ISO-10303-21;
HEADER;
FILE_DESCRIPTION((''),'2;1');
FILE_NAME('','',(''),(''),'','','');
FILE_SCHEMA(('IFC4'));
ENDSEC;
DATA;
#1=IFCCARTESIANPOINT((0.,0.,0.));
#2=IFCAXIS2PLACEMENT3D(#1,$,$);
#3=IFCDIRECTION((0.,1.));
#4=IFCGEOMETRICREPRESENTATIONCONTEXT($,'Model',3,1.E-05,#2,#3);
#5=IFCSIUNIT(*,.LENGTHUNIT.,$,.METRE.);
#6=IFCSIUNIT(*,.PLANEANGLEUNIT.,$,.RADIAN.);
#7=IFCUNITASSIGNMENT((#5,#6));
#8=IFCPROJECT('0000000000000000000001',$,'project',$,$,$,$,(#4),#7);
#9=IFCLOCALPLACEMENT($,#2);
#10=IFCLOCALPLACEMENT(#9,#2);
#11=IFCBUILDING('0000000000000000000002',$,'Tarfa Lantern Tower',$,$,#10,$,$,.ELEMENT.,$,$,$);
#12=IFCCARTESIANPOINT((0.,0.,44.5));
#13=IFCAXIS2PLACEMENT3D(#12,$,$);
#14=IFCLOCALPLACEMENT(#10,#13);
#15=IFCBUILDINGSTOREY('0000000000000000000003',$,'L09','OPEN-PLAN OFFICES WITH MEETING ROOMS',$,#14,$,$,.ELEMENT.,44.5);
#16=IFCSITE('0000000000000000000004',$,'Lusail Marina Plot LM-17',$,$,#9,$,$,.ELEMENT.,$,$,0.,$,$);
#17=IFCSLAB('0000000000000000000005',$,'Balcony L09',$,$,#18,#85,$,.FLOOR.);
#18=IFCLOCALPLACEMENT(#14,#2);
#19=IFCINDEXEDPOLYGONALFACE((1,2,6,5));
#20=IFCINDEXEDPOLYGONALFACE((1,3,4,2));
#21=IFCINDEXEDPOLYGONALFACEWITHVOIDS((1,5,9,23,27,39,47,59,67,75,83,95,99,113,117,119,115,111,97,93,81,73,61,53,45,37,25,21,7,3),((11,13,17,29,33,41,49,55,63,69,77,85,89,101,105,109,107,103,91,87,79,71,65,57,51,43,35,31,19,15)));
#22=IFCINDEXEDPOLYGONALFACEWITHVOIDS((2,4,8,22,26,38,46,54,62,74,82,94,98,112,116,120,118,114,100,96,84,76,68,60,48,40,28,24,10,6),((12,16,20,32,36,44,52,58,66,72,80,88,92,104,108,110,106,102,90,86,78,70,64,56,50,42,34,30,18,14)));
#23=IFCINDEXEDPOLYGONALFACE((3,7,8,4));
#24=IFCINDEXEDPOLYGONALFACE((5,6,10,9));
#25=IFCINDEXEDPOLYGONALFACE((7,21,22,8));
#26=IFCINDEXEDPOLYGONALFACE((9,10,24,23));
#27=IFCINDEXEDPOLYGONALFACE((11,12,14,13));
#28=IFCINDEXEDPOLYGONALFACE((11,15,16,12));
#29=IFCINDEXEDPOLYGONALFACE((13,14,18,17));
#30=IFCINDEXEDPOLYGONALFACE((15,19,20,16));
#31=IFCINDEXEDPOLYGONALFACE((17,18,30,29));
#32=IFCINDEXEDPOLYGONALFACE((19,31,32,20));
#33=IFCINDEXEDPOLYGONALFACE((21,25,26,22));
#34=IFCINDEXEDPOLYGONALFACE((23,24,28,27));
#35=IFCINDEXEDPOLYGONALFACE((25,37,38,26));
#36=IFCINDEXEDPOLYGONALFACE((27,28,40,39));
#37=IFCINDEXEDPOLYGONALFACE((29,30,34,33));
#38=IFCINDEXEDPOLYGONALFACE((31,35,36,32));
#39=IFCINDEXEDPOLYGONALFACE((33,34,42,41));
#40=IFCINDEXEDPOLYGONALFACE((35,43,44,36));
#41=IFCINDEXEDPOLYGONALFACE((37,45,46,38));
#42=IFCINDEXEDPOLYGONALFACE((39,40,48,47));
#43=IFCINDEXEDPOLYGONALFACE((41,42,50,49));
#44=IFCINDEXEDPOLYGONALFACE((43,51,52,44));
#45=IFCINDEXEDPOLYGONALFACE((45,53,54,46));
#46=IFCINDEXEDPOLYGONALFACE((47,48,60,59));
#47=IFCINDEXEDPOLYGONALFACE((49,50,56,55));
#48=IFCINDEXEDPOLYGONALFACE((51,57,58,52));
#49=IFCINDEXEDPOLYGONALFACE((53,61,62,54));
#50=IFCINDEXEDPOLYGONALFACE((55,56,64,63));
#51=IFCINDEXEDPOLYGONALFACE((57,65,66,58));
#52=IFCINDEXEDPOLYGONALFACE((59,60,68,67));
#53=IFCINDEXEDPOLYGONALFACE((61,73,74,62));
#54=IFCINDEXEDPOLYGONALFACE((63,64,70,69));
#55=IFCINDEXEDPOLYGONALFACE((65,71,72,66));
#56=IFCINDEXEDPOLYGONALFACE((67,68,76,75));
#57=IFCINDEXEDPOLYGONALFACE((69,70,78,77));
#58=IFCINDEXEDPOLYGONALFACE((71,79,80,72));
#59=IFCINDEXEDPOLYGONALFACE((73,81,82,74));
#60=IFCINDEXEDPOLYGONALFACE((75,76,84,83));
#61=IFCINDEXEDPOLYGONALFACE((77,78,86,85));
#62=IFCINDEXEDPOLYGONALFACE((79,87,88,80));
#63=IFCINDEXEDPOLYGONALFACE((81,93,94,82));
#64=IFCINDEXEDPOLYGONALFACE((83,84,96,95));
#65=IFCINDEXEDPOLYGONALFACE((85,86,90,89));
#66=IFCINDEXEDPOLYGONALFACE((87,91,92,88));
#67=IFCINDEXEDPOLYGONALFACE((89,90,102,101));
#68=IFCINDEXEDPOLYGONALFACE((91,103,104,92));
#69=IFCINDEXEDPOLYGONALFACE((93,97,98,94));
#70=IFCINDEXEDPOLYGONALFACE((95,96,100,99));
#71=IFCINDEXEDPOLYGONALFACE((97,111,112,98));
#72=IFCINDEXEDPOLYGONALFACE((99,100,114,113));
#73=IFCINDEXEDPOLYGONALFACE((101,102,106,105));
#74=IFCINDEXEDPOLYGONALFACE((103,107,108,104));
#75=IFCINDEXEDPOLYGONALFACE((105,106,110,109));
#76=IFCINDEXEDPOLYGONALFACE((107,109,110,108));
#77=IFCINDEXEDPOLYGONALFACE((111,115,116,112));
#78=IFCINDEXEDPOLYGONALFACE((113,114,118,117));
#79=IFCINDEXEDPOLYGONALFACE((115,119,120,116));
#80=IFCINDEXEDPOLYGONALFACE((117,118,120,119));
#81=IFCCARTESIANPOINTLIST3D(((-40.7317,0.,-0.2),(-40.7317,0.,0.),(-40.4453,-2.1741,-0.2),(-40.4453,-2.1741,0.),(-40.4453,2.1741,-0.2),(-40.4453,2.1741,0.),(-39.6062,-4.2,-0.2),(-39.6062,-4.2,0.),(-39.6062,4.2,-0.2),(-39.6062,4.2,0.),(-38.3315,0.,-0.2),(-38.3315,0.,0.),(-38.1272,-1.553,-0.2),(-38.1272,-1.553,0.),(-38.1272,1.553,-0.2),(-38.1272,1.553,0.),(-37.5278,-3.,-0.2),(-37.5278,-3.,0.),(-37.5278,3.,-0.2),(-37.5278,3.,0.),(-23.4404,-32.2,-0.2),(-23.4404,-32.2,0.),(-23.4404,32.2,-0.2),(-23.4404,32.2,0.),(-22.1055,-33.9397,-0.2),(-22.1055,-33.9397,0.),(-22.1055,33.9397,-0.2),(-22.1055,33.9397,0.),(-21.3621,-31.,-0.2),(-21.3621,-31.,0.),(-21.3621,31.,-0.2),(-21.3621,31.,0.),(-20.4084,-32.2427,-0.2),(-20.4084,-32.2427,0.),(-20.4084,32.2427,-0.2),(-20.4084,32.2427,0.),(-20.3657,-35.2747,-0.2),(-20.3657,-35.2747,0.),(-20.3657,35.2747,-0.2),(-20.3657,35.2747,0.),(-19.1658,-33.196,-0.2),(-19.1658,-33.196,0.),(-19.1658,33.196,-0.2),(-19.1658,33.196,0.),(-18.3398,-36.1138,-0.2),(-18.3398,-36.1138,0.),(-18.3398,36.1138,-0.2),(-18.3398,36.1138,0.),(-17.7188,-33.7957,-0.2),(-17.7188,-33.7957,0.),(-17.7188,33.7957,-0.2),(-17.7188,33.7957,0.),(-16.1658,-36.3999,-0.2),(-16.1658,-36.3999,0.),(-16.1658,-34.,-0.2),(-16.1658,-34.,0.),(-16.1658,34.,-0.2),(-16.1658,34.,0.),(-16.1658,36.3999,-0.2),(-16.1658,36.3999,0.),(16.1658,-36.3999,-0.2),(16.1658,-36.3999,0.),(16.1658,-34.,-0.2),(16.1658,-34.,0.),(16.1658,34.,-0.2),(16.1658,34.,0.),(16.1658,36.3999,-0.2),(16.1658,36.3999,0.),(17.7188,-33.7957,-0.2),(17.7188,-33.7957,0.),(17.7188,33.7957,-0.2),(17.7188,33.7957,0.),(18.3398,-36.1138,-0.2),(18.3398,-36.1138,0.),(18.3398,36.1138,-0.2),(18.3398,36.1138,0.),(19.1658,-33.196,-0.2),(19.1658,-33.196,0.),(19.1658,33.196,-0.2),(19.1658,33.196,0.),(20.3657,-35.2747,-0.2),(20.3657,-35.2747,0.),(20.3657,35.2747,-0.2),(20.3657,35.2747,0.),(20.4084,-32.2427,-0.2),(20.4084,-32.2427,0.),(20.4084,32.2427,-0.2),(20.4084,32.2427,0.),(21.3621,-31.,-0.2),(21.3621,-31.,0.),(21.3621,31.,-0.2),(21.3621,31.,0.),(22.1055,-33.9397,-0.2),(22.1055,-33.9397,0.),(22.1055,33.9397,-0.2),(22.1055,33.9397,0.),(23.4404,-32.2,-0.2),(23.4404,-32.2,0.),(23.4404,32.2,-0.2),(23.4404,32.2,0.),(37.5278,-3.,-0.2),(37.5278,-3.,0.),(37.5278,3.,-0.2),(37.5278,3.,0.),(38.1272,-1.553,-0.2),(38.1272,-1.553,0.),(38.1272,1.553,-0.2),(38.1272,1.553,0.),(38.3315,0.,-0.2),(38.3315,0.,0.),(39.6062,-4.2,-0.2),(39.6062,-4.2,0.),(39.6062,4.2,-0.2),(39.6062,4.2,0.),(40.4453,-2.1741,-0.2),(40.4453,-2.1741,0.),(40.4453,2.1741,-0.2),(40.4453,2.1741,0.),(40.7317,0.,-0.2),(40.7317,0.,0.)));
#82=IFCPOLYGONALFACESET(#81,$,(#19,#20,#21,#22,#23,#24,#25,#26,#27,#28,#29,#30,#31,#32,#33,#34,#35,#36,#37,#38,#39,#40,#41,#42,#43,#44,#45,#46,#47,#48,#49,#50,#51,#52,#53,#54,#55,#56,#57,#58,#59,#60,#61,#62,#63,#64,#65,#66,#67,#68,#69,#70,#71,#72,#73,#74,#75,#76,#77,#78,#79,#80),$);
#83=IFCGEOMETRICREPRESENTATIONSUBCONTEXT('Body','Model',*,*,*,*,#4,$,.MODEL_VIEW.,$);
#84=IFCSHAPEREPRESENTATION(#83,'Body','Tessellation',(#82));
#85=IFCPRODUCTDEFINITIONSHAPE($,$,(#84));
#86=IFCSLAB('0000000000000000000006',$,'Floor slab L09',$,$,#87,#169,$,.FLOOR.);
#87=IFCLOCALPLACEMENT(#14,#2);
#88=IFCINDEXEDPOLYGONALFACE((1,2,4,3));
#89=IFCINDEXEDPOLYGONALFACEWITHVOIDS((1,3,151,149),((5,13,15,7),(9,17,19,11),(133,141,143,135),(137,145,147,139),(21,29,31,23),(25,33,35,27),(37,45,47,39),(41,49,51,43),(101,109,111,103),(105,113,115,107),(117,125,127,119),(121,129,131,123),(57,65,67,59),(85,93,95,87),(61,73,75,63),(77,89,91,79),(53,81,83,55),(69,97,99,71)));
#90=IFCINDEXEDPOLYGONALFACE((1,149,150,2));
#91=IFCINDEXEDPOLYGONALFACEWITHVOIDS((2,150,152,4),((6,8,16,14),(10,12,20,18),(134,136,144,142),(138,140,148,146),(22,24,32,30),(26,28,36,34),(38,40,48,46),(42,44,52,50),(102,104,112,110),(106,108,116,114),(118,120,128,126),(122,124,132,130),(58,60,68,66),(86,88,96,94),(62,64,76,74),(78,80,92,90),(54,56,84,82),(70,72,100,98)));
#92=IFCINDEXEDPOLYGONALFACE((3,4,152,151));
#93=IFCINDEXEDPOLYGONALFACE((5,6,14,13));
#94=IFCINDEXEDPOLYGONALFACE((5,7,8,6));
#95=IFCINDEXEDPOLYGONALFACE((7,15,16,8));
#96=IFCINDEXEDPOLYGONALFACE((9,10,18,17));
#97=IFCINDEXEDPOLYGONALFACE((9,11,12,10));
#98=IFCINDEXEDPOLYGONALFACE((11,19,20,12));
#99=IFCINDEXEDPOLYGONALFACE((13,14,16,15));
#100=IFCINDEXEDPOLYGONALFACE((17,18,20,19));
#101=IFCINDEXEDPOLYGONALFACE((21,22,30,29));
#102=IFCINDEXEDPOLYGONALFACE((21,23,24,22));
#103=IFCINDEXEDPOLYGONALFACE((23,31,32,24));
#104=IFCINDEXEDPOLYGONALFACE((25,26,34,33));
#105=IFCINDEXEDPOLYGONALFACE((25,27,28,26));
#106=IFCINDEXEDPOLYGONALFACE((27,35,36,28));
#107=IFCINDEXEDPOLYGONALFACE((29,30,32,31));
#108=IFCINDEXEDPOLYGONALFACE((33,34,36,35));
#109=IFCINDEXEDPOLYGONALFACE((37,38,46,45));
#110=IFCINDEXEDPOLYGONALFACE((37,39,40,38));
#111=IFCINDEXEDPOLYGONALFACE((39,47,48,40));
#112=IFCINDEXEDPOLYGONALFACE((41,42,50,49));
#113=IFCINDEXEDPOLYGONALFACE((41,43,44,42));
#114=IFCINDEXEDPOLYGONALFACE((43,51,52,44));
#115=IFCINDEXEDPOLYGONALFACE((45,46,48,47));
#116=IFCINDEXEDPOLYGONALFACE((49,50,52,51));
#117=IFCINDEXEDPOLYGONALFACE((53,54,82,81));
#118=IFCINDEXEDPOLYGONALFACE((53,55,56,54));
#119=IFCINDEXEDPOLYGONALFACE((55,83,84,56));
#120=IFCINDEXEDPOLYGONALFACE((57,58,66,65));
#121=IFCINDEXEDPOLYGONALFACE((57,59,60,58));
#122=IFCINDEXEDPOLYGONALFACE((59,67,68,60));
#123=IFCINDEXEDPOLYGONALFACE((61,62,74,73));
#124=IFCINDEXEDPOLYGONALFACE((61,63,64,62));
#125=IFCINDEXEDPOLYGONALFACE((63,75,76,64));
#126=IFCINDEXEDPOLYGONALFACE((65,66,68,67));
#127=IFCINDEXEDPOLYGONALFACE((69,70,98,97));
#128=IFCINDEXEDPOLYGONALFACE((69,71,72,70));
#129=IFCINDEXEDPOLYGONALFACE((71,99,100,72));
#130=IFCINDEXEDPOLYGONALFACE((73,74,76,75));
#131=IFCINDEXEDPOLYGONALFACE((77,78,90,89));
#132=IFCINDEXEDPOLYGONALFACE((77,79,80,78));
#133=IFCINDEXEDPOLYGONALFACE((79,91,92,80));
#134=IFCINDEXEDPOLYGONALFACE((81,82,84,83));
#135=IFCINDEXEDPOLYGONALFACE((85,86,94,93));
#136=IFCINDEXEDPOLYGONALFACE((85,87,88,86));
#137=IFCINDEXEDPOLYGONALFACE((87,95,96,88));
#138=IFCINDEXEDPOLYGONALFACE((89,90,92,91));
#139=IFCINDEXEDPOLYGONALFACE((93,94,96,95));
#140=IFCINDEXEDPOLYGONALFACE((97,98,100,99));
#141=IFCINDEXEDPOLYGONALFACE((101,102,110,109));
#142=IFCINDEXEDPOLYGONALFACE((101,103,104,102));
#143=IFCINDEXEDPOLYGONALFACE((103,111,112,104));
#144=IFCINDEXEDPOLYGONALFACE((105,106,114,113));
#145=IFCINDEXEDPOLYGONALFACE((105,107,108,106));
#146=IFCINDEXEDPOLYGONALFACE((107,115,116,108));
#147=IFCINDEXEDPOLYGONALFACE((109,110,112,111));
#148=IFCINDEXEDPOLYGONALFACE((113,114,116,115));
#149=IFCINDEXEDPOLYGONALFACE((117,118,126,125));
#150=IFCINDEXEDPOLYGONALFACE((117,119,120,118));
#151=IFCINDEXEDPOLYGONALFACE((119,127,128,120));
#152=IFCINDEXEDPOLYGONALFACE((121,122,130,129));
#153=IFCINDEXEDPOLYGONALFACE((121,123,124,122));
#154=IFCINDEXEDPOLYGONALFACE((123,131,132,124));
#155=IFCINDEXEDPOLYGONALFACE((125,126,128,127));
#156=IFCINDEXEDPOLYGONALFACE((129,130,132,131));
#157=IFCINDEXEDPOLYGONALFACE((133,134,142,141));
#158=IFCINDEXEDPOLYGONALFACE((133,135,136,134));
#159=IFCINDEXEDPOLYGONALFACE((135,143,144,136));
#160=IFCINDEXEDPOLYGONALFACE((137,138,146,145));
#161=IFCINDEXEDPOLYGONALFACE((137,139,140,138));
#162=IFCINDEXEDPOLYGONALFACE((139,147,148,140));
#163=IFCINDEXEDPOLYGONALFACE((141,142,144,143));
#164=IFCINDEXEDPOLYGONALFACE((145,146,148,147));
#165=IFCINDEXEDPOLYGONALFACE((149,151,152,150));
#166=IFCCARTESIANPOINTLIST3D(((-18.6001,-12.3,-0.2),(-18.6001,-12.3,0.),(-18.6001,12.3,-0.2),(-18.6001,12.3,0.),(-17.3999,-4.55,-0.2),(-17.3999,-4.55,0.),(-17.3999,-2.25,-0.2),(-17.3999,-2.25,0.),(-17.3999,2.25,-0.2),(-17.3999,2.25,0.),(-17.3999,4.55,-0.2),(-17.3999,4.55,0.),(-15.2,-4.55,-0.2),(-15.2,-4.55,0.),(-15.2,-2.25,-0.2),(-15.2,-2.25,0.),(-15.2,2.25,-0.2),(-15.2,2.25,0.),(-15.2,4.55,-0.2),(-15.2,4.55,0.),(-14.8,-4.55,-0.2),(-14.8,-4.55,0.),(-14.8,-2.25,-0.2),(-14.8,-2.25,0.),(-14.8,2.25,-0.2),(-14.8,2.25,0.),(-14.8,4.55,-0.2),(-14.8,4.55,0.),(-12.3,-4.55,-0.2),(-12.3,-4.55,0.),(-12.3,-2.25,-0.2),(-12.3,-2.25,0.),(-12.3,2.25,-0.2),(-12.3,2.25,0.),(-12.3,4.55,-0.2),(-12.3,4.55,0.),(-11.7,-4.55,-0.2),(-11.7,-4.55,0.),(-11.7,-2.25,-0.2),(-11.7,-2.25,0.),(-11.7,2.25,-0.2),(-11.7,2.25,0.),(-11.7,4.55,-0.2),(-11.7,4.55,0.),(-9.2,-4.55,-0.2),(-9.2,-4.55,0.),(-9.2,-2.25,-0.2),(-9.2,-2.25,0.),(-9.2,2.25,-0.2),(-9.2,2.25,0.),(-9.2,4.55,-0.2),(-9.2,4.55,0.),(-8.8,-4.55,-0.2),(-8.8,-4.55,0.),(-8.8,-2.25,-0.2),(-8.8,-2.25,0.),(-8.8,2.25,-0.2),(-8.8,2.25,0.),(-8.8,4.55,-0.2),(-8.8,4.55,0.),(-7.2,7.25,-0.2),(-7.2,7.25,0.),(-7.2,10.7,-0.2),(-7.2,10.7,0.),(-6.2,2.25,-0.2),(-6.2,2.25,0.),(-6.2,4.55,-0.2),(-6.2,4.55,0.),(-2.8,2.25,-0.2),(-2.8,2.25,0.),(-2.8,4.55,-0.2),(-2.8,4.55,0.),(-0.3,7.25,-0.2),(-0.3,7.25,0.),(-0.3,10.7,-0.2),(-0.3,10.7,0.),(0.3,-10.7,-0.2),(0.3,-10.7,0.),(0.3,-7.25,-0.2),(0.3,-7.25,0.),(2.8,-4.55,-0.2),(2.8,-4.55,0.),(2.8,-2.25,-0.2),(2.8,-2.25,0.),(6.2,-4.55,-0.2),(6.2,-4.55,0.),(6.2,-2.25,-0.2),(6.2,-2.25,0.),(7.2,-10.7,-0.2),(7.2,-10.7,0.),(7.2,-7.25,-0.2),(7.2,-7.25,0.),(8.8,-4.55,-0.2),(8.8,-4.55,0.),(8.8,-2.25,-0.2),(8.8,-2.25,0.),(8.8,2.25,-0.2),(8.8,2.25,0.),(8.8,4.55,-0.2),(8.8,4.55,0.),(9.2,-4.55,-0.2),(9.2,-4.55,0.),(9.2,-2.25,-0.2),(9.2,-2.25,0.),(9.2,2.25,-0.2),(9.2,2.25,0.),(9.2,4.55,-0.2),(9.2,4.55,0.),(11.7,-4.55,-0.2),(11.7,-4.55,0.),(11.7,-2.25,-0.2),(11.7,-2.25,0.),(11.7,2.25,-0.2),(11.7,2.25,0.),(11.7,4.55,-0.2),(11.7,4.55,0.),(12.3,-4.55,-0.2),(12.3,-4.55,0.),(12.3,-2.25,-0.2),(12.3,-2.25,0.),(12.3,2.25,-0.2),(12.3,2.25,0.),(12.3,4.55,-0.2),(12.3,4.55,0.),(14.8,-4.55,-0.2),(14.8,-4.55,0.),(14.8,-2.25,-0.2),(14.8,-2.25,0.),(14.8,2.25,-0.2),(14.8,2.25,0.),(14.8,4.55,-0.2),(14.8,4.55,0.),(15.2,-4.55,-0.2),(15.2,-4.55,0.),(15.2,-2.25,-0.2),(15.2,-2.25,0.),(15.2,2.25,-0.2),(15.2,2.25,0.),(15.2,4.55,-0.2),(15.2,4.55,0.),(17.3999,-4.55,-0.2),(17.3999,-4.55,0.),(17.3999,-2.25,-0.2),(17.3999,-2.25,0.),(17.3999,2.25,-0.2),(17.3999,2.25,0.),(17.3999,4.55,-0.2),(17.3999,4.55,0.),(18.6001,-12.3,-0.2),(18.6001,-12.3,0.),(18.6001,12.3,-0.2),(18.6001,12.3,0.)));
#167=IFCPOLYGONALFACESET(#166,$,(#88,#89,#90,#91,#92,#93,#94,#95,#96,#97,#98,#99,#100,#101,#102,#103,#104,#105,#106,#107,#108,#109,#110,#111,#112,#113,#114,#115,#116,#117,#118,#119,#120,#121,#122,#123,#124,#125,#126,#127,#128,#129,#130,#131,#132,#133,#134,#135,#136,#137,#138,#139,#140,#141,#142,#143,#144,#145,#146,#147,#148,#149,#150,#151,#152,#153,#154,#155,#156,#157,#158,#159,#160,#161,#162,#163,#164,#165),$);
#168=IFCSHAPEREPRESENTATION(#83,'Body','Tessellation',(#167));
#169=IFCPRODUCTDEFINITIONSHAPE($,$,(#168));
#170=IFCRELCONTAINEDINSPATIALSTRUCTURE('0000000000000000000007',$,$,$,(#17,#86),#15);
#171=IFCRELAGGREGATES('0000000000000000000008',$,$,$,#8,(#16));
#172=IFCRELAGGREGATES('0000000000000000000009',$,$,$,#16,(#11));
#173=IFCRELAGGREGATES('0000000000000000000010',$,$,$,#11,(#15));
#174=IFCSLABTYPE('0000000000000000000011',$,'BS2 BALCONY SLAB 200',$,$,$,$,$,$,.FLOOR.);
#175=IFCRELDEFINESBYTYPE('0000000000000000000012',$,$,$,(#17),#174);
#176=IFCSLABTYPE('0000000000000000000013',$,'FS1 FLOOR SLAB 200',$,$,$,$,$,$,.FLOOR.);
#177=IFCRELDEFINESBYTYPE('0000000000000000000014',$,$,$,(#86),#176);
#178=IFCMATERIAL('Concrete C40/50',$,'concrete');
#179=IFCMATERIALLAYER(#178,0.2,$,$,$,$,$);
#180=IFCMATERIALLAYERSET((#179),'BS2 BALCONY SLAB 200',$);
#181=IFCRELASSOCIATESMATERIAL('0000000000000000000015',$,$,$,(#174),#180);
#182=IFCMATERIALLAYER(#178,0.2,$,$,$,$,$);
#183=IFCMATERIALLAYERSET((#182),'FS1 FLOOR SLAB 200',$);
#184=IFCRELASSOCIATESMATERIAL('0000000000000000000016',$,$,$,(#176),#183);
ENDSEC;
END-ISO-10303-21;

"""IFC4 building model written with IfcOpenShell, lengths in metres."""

from ifc_helpers import new_model, si_unit, direction, frame, origin, place, context, subcontext, project, spatial, polyline, outline, extrude, material, layer, layer_set, type_object, element, save


model = new_model("IFC4")

# Units and contexts
model_context = context("Model", 3, precision=1e-05, world=origin(), true_north=direction((0.0, 1.0)))
body_context = subcontext(model_context, "Body", "Model", "MODEL_VIEW")
ifc_project = project(units=[si_unit("LENGTHUNIT", "METRE"), si_unit("PLANEANGLEUNIT", "RADIAN")], contexts=[model_context])

# Site, building, storey
site_placement = place(None, origin())
site = spatial("IfcSite", under=ifc_project, at=site_placement, Name="Lusail Marina Plot LM-17", CompositionType="ELEMENT", RefElevation=0.0)
building_placement = place(site_placement, origin())
building = spatial("IfcBuilding", under=site, at=building_placement, Name="Tarfa Lantern Tower", CompositionType="ELEMENT")
storey_placement = place(building_placement, frame((0.0, 0.0, 44.5)))
storey = spatial("IfcBuildingStorey", under=building, at=storey_placement, Name="L09", Description="OPEN-PLAN OFFICES WITH MEETING ROOMS", CompositionType="ELEMENT", Elevation=44.5)

# Slabs
ifc_material_1 = material(Name="Concrete C40/50", Category="concrete")
ifc_layer_1 = layer(ifc_material_1, 0.2)
ifc_layer_set_1 = layer_set([ifc_layer_1], Name="BS2 BALCONY SLAB 200")
slab_type_1 = type_object("IfcSlabType", Name="BS2 BALCONY SLAB 200", PredefinedType="FLOOR", material=ifc_layer_set_1)
slab_1_placement = place(storey_placement, frame((0.0, 0.0, -0.2)))
element("IfcSlab", 1, at=slab_1_placement, inside=storey, type_object=slab_type_1, Name="Balcony L09", PredefinedType="FLOOR", context=body_context, shape_type="SweptSolid", body=[
    extrude(outline(polyline([(39.6062, 4.2), (23.4404, 32.2), (22.1055, 33.9397), (20.3657, 35.2747), (18.3398, 36.1138), (16.1658, 36.3999), (-16.1658, 36.3999), (-18.3398, 36.1138), (-20.3657, 35.2747), (-22.1055, 33.9397), (-23.4404, 32.2), (-39.6062, 4.2), (-40.4453, 2.1741), (-40.7317, 0.0), (-40.4453, -2.1741), (-39.6062, -4.2), (-23.4404, -32.2), (-22.1055, -33.9397), (-20.3657, -35.2747), (-18.3398, -36.1138), (-16.1658, -36.3999), (16.1658, -36.3999), (18.3398, -36.1138), (20.3657, -35.2747), (22.1055, -33.9397), (23.4404, -32.2), (39.6062, -4.2), (40.4453, -2.1741), (40.7317, 0.0), (40.4453, 2.1741), (39.6062, 4.2)]), holes=[polyline([(37.5278, 3.0), (21.3621, 31.0), (20.4084, 32.2427), (19.1658, 33.196), (17.7188, 33.7957), (16.1658, 34.0), (-16.1658, 34.0), (-17.7188, 33.7957), (-19.1658, 33.196), (-20.4084, 32.2427), (-21.3621, 31.0), (-37.5278, 3.0), (-38.1272, 1.553), (-38.3315, 0.0), (-38.1272, -1.553), (-37.5278, -3.0), (-21.3621, -31.0), (-20.4084, -32.2427), (-19.1658, -33.196), (-17.7188, -33.7957), (-16.1658, -34.0), (16.1658, -34.0), (17.7188, -33.7957), (19.1658, -33.196), (20.4084, -32.2427), (21.3621, -31.0), (37.5278, -3.0), (38.1272, -1.553), (38.3315, 0.0), (38.1272, 1.553), (37.5278, 3.0)])]), origin(), (0.0, 0.0, 1.0), 0.2),
])
ifc_layer_2 = layer(ifc_material_1, 0.2)
ifc_layer_set_2 = layer_set([ifc_layer_2], Name="FS1 FLOOR SLAB 200")
slab_type_2 = type_object("IfcSlabType", Name="FS1 FLOOR SLAB 200", PredefinedType="FLOOR", material=ifc_layer_set_2)
slab_2_placement = place(storey_placement, frame((0.0, 0.0, -0.2)))
element("IfcSlab", 2, at=slab_2_placement, inside=storey, type_object=slab_type_2, Name="Floor slab L09", PredefinedType="FLOOR", context=body_context, shape_type="SweptSolid", body=[
    extrude(outline(polyline([(-18.6001, -12.3), (18.6001, -12.3), (18.6001, 12.3), (-18.6001, 12.3), (-18.6001, -12.3)]), holes=[polyline([(-17.3999, 2.25), (-15.2, 2.25), (-15.2, 4.55), (-17.3999, 4.55), (-17.3999, 2.25)]), polyline([(-14.8, 2.25), (-12.3, 2.25), (-12.3, 4.55), (-14.8, 4.55), (-14.8, 2.25)]), polyline([(-11.7, 2.25), (-9.2, 2.25), (-9.2, 4.55), (-11.7, 4.55), (-11.7, 2.25)]), polyline([(-8.8, 2.25), (-6.2, 2.25), (-6.2, 4.55), (-8.8, 4.55), (-8.8, 2.25)]), polyline([(-2.8, 2.25), (8.8, 2.25), (8.8, 4.55), (-2.8, 4.55), (-2.8, 2.25)]), polyline([(9.2, 2.25), (11.7, 2.25), (11.7, 4.55), (9.2, 4.55), (9.2, 2.25)]), polyline([(12.3, 2.25), (14.8, 2.25), (14.8, 4.55), (12.3, 4.55), (12.3, 2.25)]), polyline([(15.2, 2.25), (17.3999, 2.25), (17.3999, 4.55), (15.2, 4.55), (15.2, 2.25)]), polyline([(17.3999, -2.25), (15.2, -2.25), (15.2, -4.55), (17.3999, -4.55), (17.3999, -2.25)]), polyline([(14.8, -2.25), (12.3, -2.25), (12.3, -4.55), (14.8, -4.55), (14.8, -2.25)]), polyline([(11.7, -2.25), (9.2, -2.25), (9.2, -4.55), (11.7, -4.55), (11.7, -2.25)]), polyline([(8.8, -2.25), (6.2, -2.25), (6.2, -4.55), (8.8, -4.55), (8.8, -2.25)]), polyline([(2.8, -2.25), (-8.8, -2.25), (-8.8, -4.55), (2.8, -4.55), (2.8, -2.25)]), polyline([(-9.2, -2.25), (-11.7, -2.25), (-11.7, -4.55), (-9.2, -4.55), (-9.2, -2.25)]), polyline([(-12.3, -2.25), (-14.8, -2.25), (-14.8, -4.55), (-12.3, -4.55), (-12.3, -2.25)]), polyline([(-15.2, -2.25), (-17.3999, -2.25), (-17.3999, -4.55), (-15.2, -4.55), (-15.2, -2.25)]), polyline([(-7.2, 7.25), (-0.3, 7.25), (-0.3, 10.7), (-7.2, 10.7), (-7.2, 7.25)]), polyline([(7.2, -7.25), (0.3, -7.25), (0.3, -10.7), (7.2, -10.7), (7.2, -7.25)])]), origin(), (0.0, 0.0, 1.0), 0.2),
])

save(model, "model.ifc")
